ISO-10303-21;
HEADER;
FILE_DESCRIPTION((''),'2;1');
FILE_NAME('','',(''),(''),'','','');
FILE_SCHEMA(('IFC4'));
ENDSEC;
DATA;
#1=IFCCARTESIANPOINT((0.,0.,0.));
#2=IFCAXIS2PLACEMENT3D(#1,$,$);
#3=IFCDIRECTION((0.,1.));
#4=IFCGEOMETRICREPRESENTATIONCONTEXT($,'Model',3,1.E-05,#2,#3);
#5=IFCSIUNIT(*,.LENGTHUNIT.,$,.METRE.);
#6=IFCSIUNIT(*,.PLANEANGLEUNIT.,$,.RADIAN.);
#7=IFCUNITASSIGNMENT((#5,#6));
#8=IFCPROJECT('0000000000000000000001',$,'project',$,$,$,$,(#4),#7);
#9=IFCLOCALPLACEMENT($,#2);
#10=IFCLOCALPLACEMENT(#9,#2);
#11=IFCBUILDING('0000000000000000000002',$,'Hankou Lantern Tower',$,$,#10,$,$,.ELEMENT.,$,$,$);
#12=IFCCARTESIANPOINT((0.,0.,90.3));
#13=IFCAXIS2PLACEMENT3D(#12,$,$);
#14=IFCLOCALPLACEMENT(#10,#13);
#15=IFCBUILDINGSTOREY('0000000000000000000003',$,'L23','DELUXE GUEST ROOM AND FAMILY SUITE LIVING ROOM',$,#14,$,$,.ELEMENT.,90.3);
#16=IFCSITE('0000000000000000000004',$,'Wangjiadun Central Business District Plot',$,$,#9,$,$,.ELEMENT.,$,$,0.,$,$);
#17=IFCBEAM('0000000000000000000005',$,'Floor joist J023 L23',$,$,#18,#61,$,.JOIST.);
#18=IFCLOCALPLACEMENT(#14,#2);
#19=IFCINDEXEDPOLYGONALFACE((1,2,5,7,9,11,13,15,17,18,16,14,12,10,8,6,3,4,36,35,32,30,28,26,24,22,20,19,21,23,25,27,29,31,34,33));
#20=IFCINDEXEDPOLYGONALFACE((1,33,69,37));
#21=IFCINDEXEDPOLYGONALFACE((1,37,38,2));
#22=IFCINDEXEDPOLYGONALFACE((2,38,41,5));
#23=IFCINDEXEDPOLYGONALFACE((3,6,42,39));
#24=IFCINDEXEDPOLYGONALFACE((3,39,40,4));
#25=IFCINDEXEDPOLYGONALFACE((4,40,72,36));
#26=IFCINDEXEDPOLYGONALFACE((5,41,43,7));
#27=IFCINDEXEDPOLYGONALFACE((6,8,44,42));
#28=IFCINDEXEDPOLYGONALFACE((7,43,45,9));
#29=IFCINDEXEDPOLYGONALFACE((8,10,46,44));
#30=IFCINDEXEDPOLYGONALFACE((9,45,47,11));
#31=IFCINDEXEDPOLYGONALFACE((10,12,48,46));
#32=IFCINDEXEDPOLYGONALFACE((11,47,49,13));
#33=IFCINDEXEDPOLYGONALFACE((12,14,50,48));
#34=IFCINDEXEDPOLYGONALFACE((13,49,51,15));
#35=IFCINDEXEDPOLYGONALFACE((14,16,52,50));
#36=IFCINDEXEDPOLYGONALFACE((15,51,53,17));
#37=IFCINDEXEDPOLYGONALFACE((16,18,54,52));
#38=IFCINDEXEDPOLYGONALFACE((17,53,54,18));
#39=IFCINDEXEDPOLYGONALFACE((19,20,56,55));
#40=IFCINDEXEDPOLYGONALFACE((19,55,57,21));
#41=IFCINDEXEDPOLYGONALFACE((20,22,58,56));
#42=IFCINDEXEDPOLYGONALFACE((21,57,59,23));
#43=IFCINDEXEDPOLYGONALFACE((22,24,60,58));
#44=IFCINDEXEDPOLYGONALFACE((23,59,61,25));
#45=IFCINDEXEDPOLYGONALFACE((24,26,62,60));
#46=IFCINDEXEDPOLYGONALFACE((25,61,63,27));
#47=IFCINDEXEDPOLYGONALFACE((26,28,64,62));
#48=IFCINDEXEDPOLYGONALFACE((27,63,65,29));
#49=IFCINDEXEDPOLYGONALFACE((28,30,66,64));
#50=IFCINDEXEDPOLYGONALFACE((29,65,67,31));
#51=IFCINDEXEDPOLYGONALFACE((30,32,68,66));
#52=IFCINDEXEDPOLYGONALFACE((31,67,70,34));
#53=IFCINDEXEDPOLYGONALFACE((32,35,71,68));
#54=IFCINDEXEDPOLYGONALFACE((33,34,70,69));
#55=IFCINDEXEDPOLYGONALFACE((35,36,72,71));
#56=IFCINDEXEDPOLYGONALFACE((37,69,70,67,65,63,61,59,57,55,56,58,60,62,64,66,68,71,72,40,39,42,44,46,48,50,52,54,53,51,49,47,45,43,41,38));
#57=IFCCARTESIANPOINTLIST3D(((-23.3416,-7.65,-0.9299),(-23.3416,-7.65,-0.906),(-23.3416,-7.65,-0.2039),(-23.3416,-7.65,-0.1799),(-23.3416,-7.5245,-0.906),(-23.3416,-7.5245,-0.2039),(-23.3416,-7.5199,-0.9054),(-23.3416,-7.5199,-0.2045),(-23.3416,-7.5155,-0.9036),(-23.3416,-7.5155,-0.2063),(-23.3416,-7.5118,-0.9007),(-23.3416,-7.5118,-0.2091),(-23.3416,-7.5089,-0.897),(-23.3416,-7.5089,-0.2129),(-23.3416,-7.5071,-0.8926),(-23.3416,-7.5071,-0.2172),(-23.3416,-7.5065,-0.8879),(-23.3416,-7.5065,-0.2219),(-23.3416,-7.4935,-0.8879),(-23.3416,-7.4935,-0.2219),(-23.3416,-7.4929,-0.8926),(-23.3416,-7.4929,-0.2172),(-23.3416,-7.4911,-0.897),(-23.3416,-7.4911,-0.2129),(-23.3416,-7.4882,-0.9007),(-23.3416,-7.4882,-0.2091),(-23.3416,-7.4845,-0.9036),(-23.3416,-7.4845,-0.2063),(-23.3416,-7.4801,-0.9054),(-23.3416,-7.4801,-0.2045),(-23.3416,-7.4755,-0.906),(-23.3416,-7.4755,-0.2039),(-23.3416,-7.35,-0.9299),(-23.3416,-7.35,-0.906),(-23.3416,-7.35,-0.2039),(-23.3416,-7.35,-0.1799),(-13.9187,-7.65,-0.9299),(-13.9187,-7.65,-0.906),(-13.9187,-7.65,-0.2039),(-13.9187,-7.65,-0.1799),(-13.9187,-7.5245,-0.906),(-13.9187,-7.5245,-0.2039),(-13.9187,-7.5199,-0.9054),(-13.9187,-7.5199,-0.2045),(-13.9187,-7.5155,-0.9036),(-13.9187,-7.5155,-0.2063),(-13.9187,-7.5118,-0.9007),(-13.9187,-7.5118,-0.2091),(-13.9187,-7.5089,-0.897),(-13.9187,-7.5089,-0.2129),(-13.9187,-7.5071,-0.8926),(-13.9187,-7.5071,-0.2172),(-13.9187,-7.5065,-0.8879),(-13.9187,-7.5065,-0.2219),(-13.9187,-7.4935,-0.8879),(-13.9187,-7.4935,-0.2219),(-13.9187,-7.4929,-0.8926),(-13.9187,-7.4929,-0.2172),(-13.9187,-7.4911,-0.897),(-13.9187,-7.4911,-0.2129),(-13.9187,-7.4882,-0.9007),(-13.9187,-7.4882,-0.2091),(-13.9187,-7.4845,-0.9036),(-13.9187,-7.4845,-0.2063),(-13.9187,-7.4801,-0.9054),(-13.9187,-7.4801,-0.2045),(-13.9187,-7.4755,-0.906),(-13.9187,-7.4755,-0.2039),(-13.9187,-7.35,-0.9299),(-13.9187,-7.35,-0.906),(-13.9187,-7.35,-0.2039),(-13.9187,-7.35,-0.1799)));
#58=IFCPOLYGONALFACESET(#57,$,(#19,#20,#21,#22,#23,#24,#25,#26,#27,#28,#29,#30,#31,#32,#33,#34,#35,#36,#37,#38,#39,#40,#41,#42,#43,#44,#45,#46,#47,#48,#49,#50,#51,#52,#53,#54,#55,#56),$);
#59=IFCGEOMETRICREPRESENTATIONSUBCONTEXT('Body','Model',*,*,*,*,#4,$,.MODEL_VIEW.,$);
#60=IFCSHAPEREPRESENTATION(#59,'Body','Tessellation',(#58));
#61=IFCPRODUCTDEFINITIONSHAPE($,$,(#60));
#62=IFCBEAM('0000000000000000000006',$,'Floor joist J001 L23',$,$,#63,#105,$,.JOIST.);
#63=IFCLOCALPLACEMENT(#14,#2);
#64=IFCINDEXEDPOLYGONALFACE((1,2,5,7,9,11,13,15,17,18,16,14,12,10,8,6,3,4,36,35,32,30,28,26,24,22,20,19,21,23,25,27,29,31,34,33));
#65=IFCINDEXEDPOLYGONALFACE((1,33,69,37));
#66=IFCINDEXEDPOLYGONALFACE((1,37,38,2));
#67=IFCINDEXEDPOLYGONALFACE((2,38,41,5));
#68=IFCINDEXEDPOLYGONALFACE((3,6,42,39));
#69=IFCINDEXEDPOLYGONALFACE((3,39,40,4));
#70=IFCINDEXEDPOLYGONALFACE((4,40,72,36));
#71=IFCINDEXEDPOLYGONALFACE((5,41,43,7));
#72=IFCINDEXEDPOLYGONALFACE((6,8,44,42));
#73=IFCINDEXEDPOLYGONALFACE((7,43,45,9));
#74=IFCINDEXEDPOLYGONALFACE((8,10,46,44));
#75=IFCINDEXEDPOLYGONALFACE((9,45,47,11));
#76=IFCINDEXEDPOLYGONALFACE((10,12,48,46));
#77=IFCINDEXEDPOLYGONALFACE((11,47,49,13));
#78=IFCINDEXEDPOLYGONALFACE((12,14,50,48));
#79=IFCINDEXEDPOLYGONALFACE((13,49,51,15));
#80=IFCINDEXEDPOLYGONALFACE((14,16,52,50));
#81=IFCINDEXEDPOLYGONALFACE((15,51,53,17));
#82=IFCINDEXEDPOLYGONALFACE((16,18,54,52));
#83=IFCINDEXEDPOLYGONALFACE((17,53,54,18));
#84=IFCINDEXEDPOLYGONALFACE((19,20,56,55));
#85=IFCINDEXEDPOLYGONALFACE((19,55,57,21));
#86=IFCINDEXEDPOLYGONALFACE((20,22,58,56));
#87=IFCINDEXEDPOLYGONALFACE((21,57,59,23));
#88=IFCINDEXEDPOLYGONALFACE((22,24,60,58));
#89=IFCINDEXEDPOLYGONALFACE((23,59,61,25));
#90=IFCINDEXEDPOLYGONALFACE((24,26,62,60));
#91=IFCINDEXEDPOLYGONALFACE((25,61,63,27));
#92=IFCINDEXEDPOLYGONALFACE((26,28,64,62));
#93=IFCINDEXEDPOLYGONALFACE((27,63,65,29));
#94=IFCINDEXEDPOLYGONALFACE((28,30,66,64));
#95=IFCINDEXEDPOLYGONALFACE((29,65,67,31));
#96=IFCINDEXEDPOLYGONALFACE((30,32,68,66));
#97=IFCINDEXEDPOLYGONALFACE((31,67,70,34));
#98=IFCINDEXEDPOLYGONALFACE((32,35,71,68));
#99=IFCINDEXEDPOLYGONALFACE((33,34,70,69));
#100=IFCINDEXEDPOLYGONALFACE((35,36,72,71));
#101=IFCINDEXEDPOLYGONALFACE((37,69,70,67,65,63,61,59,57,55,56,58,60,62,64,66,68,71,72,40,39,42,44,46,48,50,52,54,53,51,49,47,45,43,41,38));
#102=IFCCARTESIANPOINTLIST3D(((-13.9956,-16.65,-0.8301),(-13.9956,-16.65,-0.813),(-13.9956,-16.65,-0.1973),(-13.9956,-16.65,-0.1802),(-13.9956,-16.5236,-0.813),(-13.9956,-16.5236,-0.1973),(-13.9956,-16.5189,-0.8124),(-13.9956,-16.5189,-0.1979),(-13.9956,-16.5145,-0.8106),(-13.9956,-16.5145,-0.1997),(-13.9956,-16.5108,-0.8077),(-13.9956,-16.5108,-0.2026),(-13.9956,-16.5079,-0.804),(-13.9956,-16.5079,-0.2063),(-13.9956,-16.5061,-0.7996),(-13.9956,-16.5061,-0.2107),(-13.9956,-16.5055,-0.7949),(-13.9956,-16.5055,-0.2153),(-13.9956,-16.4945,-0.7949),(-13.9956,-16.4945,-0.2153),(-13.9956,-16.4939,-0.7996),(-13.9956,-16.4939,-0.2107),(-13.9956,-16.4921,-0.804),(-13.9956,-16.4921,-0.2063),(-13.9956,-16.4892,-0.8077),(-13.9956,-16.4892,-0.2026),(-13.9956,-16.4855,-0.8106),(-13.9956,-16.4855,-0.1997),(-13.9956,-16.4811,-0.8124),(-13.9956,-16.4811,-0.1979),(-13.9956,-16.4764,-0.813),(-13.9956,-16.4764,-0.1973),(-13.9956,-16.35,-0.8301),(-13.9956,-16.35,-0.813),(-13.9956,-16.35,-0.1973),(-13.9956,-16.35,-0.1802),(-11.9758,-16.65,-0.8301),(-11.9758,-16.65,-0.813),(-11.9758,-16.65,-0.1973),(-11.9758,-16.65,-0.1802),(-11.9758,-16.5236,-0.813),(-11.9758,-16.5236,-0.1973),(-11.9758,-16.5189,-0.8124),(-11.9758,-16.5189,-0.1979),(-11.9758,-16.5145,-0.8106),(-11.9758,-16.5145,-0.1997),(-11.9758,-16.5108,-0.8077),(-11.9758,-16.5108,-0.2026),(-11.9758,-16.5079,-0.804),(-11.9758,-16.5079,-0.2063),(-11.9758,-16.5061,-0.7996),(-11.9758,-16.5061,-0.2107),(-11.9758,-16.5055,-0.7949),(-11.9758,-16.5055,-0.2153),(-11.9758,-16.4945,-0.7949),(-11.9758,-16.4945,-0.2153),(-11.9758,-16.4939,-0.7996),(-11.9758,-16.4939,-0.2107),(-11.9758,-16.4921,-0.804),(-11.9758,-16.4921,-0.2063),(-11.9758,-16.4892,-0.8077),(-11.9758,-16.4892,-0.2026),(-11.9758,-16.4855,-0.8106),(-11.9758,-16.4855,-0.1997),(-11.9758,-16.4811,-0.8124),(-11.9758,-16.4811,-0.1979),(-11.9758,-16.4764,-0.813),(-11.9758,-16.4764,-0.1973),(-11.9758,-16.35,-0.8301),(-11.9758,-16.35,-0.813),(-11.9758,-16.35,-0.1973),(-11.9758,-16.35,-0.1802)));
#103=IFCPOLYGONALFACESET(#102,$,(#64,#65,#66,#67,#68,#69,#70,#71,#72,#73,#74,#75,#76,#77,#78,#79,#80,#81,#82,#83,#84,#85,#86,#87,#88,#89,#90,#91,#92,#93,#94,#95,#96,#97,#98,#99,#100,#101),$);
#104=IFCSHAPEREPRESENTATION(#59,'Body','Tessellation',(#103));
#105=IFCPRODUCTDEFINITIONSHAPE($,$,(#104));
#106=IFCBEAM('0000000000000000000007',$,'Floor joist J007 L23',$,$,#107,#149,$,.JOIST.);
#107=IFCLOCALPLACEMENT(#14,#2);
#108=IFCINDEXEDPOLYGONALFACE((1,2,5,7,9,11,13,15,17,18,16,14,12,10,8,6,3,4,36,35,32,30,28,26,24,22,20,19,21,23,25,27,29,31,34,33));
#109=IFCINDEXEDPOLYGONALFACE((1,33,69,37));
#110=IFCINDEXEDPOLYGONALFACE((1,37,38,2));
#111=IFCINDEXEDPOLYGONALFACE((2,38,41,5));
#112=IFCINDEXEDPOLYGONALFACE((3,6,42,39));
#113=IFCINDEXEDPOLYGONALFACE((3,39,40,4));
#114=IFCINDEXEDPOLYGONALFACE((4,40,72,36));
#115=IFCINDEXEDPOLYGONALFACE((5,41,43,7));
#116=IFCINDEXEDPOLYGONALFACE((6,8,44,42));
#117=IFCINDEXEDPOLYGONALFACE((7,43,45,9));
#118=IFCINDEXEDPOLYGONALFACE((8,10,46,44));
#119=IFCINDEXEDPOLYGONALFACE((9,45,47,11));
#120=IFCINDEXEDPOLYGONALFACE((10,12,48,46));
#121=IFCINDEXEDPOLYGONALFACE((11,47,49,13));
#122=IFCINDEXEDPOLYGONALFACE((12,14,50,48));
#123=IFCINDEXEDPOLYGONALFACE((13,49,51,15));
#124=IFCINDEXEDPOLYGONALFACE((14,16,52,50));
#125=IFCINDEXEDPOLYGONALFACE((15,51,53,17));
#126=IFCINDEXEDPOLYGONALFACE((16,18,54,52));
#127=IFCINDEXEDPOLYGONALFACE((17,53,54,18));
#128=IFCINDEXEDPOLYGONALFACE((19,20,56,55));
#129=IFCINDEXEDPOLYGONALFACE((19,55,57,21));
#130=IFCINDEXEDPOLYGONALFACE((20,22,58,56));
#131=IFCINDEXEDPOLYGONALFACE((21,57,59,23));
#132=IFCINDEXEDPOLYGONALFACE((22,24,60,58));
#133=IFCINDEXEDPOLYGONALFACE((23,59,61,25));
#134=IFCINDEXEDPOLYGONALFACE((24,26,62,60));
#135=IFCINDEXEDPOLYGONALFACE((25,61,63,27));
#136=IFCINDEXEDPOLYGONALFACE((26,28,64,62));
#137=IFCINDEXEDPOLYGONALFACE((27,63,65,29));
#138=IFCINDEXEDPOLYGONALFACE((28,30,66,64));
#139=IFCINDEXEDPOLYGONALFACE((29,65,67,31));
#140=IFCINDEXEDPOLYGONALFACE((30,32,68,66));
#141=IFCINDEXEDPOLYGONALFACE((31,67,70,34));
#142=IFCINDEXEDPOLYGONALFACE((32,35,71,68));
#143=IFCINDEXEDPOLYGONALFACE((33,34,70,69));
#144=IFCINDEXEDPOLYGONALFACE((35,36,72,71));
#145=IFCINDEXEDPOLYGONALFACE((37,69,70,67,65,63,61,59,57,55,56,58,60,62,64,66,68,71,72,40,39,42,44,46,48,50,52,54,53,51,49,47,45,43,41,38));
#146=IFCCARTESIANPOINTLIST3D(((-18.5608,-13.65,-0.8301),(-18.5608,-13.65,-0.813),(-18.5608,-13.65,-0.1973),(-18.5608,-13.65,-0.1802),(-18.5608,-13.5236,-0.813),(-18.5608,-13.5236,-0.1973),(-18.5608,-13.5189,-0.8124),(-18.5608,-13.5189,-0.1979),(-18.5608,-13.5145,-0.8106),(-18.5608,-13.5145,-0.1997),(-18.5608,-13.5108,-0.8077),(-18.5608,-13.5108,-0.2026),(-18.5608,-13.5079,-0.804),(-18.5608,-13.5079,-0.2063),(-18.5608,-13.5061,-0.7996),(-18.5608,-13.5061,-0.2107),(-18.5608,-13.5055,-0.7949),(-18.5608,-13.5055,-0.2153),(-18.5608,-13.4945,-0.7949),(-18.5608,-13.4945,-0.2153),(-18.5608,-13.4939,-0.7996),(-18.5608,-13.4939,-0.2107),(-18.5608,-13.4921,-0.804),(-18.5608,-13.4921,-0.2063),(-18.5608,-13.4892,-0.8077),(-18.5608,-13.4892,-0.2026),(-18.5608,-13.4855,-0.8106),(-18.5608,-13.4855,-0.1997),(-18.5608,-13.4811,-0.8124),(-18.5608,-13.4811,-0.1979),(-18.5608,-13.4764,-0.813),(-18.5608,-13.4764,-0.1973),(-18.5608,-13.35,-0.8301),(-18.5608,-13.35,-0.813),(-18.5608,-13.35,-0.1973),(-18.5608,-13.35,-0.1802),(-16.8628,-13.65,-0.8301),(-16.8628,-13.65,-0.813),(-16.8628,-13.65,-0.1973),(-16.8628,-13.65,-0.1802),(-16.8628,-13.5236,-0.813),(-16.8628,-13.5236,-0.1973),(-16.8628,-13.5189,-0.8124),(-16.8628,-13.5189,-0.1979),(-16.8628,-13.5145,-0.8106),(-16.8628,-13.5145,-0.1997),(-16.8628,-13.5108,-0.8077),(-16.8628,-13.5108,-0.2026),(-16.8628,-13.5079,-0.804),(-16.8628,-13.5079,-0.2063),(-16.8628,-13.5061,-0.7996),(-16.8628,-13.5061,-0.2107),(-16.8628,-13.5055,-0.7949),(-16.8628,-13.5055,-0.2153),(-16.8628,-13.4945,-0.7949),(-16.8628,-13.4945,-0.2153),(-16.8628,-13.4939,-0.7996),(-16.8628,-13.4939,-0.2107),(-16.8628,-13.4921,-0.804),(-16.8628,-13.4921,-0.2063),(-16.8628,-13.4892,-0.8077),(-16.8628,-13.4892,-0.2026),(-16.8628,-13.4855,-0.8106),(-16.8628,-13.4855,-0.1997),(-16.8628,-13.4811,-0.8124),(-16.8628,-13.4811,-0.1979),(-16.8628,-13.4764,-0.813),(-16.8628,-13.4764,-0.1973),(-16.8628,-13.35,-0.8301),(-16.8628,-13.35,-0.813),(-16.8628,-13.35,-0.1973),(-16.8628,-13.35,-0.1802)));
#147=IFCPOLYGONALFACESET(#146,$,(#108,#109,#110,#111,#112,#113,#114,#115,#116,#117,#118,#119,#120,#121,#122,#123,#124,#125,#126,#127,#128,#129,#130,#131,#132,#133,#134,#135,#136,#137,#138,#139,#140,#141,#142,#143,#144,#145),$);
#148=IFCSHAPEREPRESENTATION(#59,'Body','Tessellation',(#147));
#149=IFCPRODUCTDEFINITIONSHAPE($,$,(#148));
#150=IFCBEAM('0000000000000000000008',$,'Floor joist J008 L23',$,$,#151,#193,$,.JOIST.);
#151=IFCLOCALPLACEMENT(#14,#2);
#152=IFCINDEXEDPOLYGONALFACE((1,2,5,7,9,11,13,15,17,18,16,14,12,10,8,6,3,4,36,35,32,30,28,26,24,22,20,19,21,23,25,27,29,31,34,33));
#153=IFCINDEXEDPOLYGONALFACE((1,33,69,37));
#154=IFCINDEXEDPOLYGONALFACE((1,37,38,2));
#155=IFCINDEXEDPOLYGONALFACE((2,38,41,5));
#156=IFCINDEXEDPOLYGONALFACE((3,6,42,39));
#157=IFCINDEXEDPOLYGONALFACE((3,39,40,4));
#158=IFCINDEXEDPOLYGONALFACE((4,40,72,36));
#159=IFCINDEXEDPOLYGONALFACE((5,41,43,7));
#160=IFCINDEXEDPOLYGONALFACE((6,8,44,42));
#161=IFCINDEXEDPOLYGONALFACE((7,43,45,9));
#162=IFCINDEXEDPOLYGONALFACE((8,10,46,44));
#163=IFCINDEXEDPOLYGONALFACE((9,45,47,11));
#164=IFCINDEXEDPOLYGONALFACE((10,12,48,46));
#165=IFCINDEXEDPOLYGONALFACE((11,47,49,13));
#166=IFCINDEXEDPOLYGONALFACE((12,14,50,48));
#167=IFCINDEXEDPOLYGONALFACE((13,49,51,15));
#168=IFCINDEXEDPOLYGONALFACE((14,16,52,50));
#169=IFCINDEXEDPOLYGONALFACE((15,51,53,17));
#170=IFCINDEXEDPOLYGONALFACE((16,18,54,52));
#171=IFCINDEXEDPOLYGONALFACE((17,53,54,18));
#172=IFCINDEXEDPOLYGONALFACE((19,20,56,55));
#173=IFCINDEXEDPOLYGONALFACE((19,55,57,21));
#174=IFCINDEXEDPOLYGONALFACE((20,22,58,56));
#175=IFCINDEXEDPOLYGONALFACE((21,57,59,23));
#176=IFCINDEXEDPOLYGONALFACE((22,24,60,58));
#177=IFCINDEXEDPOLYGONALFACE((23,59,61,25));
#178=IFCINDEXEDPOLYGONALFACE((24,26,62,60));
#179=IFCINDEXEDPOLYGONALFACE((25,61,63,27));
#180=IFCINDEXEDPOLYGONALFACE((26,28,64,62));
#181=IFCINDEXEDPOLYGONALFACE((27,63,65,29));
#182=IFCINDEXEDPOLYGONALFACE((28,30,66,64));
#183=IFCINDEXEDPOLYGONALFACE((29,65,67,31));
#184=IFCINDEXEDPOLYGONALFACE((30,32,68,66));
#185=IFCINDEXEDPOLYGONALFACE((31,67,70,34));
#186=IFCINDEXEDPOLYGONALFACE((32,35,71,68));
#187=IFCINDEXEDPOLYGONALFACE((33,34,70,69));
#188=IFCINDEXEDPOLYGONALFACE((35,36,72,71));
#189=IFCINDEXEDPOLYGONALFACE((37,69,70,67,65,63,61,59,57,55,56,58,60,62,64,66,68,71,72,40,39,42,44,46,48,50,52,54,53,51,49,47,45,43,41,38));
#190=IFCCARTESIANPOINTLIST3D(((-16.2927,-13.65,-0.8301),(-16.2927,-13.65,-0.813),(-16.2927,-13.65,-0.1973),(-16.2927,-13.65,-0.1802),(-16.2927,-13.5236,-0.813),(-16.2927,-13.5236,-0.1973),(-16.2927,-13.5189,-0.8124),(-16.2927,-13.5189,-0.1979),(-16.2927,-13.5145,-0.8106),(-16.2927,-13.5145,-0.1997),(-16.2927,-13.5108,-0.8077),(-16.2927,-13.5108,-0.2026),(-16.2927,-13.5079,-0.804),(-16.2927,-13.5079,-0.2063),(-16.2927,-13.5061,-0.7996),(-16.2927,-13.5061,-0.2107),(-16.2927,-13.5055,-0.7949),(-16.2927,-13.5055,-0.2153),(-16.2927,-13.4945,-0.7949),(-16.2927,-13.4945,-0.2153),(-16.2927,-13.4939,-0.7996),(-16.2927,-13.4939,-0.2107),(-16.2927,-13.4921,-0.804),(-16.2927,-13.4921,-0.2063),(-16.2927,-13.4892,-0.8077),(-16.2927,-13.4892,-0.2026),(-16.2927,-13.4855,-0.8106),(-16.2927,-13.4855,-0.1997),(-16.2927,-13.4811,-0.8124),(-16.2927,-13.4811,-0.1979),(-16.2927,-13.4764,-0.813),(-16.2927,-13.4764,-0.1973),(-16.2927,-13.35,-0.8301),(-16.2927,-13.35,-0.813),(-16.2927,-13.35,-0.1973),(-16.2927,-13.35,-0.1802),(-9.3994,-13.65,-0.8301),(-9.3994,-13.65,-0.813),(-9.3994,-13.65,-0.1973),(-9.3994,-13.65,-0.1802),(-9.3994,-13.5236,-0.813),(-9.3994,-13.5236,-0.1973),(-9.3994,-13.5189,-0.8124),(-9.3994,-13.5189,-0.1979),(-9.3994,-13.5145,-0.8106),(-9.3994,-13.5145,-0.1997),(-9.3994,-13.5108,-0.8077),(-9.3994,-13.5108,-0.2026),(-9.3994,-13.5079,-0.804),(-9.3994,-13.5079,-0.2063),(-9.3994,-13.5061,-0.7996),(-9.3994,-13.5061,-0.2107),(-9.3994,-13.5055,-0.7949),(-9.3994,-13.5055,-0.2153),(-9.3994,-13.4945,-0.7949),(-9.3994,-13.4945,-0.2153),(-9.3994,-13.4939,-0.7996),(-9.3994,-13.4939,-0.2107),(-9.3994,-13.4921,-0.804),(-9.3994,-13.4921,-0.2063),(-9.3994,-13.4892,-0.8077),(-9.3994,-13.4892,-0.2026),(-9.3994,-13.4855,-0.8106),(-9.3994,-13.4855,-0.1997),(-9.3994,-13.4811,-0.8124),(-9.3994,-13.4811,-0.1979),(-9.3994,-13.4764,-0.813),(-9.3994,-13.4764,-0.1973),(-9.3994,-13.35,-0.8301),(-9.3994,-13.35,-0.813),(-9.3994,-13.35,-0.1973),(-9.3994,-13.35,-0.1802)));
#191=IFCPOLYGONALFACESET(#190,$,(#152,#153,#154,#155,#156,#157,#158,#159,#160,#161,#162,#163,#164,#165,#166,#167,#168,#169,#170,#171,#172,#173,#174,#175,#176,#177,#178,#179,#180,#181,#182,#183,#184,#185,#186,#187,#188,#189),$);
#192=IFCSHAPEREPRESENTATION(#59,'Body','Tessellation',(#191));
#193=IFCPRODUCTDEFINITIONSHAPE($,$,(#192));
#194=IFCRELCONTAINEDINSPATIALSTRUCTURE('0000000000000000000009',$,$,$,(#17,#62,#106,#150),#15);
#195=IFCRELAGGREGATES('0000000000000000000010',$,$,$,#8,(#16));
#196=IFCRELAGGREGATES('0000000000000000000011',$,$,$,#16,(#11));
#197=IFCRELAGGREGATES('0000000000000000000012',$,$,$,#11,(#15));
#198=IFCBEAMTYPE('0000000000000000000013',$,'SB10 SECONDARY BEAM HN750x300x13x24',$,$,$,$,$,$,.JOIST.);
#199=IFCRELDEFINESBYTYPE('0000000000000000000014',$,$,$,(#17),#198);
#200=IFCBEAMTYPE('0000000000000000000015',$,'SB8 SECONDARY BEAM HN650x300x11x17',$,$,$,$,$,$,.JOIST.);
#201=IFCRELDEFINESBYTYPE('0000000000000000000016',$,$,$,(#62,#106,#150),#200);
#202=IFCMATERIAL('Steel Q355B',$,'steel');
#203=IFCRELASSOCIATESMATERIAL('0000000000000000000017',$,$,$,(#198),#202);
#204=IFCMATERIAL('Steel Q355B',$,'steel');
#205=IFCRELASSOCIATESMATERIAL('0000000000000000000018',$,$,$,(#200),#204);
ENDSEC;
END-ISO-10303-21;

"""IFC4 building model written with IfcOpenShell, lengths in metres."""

from ifc_helpers import new_model, si_unit, direction, frame, origin, origin_2d, place, context, subcontext, project, spatial, i_section, extrude, material, material_profile, profile_set, type_object, element, save


model = new_model("IFC4")

# Units and contexts
model_context = context("Model", 3, precision=1e-05, world=origin(), true_north=direction((0.0, 1.0)))
body_context = subcontext(model_context, "Body", "Model", "MODEL_VIEW")
ifc_project = project(units=[si_unit("LENGTHUNIT", "METRE"), si_unit("PLANEANGLEUNIT", "RADIAN")], contexts=[model_context])

# Site, building, storey
site_placement = place(None, origin())
site = spatial("IfcSite", under=ifc_project, at=site_placement, Name="Wangjiadun Central Business District Plot", CompositionType="ELEMENT", RefElevation=0.0)
building_placement = place(site_placement, origin())
building = spatial("IfcBuilding", under=site, at=building_placement, Name="Hankou Lantern Tower", CompositionType="ELEMENT")
storey_placement = place(building_placement, frame((0.0, 0.0, 90.3)))
storey = spatial("IfcBuildingStorey", under=building, at=storey_placement, Name="L23", Description="DELUXE GUEST ROOM AND FAMILY SUITE LIVING ROOM", CompositionType="ELEMENT", Elevation=90.3)

# Beams
ifc_material_1 = material(Name="Steel Q355B", Category="steel")
ifc_material_profile_1 = material_profile(ifc_material_1, i_section(OverallWidth=0.3, OverallDepth=0.75, WebThickness=0.0129, FlangeThickness=0.0239, FilletRadius=0.0181, at=origin_2d()), Name="HN750x300x13x24")
ifc_profile_set_1 = profile_set([ifc_material_profile_1], Name="Steel Q355B")
beam_type_1 = type_object("IfcBeamType", Name="SB10 SECONDARY BEAM HN750x300x13x24", PredefinedType="JOIST", material=ifc_profile_set_1)
beam_1_placement = place(storey_placement, frame((-23.3416, -7.5, -0.5549), z_axis=(1.0, 0.0, 0.0), x_axis=(0.0, 1.0, 0.0)))
element("IfcBeam", 1, at=beam_1_placement, inside=storey, type_object=beam_type_1, Name="Floor joist J023 L23", PredefinedType="JOIST", context=body_context, shape_type="SweptSolid", body=[
    extrude(i_section(OverallWidth=0.3, OverallDepth=0.75, WebThickness=0.0129, FlangeThickness=0.0239, FilletRadius=0.0181, at=origin_2d()), origin(), (0.0, 0.0, 1.0), 9.4229),
])
ifc_material_2 = material(Name="Steel Q355B", Category="steel")
ifc_material_profile_2 = material_profile(ifc_material_2, i_section(OverallWidth=0.3, OverallDepth=0.6499, WebThickness=0.011, FlangeThickness=0.0171, FilletRadius=0.0181, at=origin_2d()), Name="HN650x300x11x17")
ifc_profile_set_2 = profile_set([ifc_material_profile_2], Name="Steel Q355B")
beam_type_2 = type_object("IfcBeamType", Name="SB8 SECONDARY BEAM HN650x300x11x17", PredefinedType="JOIST", material=ifc_profile_set_2)
beam_2_placement = place(storey_placement, frame((-13.9956, -16.5, -0.5051), z_axis=(1.0, 0.0, 0.0), x_axis=(0.0, 1.0, 0.0)))
element("IfcBeam", 2, at=beam_2_placement, inside=storey, type_object=beam_type_2, Name="Floor joist J001 L23", PredefinedType="JOIST", context=body_context, shape_type="SweptSolid", body=[
    extrude(i_section(OverallWidth=0.3, OverallDepth=0.6499, WebThickness=0.011, FlangeThickness=0.0171, FilletRadius=0.0181, at=origin_2d()), origin(), (0.0, 0.0, 1.0), 2.0198),
])
beam_3_placement = place(storey_placement, frame((-18.5608, -13.5, -0.5051), z_axis=(1.0, 0.0, 0.0), x_axis=(0.0, 1.0, 0.0)))
element("IfcBeam", 3, at=beam_3_placement, inside=storey, type_object=beam_type_2, Name="Floor joist J007 L23", PredefinedType="JOIST", context=body_context, shape_type="SweptSolid", body=[
    extrude(i_section(OverallWidth=0.3, OverallDepth=0.6499, WebThickness=0.011, FlangeThickness=0.0171, FilletRadius=0.0181, at=origin_2d()), origin(), (0.0, 0.0, 1.0), 1.698),
])
beam_4_placement = place(storey_placement, frame((-16.2927, -13.5, -0.5051), z_axis=(1.0, 0.0, 0.0), x_axis=(0.0, 1.0, 0.0)))
element("IfcBeam", 4, at=beam_4_placement, inside=storey, type_object=beam_type_2, Name="Floor joist J008 L23", PredefinedType="JOIST", context=body_context, shape_type="SweptSolid", body=[
    extrude(i_section(OverallWidth=0.3, OverallDepth=0.6499, WebThickness=0.011, FlangeThickness=0.0171, FilletRadius=0.0181, at=origin_2d()), origin(), (0.0, 0.0, 1.0), 6.8933),
])

save(model, "model.ifc")
